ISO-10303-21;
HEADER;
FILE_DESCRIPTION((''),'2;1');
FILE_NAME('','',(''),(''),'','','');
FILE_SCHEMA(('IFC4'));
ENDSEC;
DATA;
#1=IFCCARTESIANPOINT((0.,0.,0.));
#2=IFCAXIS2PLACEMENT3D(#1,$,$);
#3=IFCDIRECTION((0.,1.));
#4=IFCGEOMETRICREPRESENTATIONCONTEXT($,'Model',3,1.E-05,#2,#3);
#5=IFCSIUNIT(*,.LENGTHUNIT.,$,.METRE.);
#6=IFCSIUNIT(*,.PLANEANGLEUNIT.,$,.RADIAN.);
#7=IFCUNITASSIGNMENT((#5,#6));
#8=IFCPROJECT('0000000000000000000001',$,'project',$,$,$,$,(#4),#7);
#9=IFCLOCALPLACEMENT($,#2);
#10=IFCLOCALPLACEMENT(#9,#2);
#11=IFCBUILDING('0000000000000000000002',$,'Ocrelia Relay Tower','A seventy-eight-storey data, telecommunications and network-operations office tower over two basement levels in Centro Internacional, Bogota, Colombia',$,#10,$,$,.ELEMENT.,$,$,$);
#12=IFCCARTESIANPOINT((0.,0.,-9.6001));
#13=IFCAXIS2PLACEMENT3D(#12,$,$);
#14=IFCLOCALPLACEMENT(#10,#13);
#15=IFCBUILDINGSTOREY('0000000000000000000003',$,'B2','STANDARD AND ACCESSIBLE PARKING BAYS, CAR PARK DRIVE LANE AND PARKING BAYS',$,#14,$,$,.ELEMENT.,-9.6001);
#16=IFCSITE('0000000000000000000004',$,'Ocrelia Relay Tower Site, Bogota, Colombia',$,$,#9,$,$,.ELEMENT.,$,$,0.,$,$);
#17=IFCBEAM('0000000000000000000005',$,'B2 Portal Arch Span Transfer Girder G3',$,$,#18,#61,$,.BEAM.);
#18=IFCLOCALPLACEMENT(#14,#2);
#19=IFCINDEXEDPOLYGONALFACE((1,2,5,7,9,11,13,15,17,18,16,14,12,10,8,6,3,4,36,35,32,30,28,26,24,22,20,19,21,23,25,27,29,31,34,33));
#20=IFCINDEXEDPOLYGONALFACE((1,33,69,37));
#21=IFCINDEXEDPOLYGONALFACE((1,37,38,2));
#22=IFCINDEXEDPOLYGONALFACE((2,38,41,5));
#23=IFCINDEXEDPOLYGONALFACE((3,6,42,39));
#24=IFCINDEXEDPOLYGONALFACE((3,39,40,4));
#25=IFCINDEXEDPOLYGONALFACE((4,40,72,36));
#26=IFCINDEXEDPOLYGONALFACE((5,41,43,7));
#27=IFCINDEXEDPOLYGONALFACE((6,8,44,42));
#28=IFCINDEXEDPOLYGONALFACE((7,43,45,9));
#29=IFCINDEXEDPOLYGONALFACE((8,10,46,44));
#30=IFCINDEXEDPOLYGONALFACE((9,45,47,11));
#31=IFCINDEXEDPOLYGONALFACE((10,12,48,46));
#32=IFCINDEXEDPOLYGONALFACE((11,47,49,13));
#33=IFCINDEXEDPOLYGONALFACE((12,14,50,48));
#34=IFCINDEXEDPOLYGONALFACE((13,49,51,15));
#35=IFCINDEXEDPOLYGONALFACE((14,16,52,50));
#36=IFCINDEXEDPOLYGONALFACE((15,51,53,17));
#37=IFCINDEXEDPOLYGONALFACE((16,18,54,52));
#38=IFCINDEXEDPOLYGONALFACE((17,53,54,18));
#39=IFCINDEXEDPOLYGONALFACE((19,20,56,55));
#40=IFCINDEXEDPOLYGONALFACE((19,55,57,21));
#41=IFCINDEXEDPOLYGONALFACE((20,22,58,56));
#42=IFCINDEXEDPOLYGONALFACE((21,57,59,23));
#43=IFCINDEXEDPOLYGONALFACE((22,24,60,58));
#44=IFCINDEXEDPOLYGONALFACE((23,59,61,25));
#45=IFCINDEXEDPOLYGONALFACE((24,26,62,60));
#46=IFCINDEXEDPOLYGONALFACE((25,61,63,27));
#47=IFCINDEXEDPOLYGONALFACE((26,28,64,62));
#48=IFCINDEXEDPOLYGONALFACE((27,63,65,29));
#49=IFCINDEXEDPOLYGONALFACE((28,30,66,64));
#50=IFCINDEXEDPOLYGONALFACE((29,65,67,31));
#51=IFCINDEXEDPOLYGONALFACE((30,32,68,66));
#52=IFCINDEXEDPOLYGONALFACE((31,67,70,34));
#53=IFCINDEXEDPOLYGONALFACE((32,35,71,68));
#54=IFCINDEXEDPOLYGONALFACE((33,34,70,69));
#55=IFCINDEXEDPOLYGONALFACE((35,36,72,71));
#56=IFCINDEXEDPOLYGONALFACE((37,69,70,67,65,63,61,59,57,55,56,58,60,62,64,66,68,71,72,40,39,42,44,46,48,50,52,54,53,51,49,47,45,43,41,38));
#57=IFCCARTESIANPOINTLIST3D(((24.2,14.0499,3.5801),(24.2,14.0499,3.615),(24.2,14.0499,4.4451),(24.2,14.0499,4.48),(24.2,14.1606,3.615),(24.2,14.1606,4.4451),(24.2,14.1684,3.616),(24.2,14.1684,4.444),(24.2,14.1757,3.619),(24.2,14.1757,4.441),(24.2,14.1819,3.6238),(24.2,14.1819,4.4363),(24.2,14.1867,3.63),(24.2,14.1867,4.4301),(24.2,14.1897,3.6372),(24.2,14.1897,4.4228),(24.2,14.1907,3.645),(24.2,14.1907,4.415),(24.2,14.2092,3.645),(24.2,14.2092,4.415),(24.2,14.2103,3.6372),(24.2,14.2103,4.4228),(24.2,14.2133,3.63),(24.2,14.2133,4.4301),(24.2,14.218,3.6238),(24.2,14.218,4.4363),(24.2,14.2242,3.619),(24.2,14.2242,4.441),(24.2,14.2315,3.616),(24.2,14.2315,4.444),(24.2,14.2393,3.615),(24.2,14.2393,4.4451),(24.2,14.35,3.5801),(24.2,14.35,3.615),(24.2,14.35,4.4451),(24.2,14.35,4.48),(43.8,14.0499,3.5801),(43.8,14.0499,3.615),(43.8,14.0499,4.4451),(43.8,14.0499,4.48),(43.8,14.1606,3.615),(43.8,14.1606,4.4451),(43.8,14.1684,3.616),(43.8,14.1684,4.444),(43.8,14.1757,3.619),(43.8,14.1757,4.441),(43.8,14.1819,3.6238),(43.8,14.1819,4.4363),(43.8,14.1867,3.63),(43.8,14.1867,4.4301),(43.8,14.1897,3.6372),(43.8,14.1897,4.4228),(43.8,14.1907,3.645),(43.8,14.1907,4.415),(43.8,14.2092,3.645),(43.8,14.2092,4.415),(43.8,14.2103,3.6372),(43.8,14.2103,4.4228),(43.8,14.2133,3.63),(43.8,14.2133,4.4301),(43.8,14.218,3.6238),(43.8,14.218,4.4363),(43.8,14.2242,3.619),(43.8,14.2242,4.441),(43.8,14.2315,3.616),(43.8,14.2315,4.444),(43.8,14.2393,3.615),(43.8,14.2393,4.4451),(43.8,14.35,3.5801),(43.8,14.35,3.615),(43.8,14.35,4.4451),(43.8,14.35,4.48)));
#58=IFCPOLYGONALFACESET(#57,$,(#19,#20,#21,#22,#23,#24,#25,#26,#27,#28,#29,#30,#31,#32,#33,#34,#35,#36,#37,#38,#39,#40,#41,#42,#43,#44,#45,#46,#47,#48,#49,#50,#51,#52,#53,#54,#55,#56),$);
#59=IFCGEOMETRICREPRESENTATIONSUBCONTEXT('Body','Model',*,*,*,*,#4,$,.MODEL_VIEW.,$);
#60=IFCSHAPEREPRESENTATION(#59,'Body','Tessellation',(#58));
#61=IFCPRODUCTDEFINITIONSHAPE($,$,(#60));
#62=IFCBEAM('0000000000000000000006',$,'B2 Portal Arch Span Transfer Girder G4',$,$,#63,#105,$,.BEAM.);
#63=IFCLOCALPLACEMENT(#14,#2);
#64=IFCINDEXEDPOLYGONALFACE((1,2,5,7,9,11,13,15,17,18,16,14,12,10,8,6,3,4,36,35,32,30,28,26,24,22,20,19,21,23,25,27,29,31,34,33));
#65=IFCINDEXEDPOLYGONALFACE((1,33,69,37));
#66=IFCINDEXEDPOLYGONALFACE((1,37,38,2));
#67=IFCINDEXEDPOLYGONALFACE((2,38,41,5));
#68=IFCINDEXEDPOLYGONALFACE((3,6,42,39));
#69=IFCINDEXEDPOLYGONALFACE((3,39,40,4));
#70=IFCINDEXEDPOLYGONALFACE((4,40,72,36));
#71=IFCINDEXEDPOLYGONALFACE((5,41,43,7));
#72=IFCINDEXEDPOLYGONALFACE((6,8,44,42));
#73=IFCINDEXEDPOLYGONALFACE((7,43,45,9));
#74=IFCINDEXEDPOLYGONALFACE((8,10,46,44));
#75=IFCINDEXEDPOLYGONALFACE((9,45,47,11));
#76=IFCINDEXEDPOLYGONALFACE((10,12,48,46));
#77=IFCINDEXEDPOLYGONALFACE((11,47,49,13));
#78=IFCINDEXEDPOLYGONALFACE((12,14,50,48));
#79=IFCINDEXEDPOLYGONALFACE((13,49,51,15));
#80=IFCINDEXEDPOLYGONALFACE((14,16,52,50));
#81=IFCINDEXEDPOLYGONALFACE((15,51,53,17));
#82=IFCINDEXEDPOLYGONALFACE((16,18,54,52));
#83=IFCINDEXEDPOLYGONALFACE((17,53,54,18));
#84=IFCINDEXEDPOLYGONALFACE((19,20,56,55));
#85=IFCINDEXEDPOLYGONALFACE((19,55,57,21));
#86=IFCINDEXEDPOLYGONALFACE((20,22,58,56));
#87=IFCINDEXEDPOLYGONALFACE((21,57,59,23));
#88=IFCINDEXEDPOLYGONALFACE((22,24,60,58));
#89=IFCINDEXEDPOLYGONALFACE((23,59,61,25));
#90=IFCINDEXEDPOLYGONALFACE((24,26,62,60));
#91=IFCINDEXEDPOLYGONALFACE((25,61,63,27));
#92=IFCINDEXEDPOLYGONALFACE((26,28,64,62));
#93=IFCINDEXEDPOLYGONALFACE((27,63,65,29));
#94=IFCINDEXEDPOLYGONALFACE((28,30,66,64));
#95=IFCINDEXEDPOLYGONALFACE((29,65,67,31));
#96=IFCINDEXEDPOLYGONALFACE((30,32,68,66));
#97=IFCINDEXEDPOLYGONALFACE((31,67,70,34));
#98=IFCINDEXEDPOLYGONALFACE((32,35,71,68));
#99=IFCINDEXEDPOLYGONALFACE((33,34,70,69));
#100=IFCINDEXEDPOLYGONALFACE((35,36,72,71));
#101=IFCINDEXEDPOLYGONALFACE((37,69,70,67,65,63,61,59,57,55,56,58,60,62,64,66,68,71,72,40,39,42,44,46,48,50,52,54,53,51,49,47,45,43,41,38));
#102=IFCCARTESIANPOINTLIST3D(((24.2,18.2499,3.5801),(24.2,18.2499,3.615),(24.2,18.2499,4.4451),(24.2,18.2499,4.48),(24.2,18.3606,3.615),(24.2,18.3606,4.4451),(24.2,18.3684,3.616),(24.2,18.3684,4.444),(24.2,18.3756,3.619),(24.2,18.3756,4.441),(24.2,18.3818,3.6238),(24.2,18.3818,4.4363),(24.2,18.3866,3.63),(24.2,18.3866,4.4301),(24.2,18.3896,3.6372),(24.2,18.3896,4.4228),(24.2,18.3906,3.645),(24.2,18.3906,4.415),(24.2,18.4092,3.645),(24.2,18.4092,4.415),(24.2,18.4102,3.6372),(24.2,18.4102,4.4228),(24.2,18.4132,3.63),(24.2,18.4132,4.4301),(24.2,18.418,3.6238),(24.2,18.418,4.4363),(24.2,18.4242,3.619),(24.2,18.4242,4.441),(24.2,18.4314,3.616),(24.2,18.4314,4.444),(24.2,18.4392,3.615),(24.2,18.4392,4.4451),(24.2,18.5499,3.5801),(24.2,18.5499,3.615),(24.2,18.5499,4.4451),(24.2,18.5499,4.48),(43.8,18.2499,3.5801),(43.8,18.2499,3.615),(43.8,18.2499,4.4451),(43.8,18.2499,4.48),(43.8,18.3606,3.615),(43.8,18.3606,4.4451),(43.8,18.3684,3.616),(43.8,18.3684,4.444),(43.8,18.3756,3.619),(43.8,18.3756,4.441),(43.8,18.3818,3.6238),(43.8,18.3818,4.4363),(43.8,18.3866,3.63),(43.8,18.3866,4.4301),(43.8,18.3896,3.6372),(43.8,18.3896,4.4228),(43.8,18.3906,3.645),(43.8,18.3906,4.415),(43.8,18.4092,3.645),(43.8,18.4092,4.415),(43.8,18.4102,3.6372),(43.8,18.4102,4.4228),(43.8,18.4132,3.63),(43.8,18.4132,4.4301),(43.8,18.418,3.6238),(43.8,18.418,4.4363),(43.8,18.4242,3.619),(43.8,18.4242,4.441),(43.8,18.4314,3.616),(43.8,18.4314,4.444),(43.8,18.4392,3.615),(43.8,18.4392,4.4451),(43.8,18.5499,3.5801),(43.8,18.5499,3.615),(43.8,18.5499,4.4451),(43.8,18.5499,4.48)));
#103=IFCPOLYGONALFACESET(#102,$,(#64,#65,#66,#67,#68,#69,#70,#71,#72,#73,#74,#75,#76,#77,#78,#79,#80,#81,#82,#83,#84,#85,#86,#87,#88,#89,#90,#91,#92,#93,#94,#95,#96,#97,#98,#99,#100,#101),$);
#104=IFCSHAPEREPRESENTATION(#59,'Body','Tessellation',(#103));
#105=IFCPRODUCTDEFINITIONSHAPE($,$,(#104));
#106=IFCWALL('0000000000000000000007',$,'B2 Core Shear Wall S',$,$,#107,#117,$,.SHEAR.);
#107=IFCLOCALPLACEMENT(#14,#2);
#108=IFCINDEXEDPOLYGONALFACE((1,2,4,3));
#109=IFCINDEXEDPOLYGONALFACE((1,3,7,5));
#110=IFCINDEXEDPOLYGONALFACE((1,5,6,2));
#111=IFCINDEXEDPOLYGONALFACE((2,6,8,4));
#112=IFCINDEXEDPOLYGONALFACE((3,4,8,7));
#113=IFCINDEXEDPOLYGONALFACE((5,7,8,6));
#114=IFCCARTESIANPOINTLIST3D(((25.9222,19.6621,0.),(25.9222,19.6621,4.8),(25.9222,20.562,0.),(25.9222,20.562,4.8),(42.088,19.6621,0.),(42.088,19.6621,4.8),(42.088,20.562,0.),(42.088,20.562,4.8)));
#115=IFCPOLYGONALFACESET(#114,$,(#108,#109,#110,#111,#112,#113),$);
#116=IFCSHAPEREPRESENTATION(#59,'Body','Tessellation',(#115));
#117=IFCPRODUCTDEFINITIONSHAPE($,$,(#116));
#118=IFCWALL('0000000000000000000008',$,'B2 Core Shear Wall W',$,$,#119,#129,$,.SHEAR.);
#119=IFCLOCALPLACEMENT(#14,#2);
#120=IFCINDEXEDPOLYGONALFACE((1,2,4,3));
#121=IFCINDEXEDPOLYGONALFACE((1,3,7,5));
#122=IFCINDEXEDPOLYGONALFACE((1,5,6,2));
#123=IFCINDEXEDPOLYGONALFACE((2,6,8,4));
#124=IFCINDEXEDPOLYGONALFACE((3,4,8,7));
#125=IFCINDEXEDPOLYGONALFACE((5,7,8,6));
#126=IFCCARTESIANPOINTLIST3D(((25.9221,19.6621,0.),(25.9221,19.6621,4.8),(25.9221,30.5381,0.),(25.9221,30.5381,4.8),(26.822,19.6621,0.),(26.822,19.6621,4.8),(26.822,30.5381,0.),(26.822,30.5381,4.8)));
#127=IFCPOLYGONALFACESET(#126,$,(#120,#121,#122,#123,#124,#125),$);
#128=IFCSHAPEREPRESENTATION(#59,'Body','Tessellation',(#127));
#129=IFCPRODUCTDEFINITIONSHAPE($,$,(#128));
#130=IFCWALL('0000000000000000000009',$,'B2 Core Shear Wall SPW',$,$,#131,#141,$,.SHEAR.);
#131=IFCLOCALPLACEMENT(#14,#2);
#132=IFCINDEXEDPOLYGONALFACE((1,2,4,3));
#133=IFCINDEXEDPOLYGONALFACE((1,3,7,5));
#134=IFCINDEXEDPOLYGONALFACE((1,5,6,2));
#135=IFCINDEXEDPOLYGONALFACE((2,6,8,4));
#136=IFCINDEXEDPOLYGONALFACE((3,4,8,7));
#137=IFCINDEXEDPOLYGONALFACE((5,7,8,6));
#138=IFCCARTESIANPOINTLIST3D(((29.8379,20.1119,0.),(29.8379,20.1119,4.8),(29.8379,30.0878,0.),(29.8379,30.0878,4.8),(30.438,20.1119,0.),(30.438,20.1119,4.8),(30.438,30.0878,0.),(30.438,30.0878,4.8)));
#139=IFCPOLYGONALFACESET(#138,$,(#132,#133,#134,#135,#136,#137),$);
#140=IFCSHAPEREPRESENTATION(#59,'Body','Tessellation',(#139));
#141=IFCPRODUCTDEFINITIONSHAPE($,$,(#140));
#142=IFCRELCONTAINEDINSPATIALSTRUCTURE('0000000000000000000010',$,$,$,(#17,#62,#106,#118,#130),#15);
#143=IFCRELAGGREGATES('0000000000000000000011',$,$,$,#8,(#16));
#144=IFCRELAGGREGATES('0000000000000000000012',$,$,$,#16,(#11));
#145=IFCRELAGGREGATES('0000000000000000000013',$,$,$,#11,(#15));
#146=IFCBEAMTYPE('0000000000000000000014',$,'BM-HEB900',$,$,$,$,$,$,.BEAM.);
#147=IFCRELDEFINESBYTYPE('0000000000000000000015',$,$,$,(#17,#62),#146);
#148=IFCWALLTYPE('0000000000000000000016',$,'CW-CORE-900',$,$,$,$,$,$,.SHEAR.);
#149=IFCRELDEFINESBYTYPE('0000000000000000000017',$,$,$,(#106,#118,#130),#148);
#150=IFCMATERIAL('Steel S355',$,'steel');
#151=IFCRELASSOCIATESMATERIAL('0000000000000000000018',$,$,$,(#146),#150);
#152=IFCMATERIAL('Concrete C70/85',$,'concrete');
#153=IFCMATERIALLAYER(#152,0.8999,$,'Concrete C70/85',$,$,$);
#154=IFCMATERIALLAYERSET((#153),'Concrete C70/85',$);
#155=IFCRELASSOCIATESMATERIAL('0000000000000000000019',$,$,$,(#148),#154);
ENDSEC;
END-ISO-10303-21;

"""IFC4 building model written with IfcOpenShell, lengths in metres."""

from ifc_helpers import new_model, si_unit, direction, frame, frame_2d, origin, origin_2d, place, context, subcontext, project, spatial, rectangle, i_section, extrude, material, layer, layer_set, material_profile, profile_set, type_object, element, save


model = new_model("IFC4")

# Units and contexts
model_context = context("Model", 3, precision=1e-05, world=origin(), true_north=direction((0.0, 1.0)))
body_context = subcontext(model_context, "Body", "Model", "MODEL_VIEW")
ifc_project = project(units=[si_unit("LENGTHUNIT", "METRE"), si_unit("PLANEANGLEUNIT", "RADIAN")], contexts=[model_context])

# Site, building, storey
site_placement = place(None, origin())
site = spatial("IfcSite", under=ifc_project, at=site_placement, Name="Ocrelia Relay Tower Site, Bogota, Colombia", CompositionType="ELEMENT", RefElevation=0.0)
building_placement = place(site_placement, origin())
building = spatial("IfcBuilding", under=site, at=building_placement, Name="Ocrelia Relay Tower", Description="A seventy-eight-storey data, telecommunications and network-operations office tower over two basement levels in Centro Internacional, Bogota, Colombia", CompositionType="ELEMENT")
storey_placement = place(building_placement, frame((0.0, 0.0, -9.6001)))
storey = spatial("IfcBuildingStorey", under=building, at=storey_placement, Name="B2", Description="STANDARD AND ACCESSIBLE PARKING BAYS, CAR PARK DRIVE LANE AND PARKING BAYS", CompositionType="ELEMENT", Elevation=-9.6001)

# Shared definitions
ifc_material_1 = material(Name="Concrete C70/85", Category="concrete")

# Beams
ifc_material_2 = material(Name="Steel S355", Category="steel")
ifc_material_profile_1 = material_profile(ifc_material_2, i_section(OverallWidth=0.3, OverallDepth=0.8999, WebThickness=0.0186, FlangeThickness=0.0349, FilletRadius=0.03, at=origin_2d()), Name="HEB 900")
ifc_profile_set_1 = profile_set([ifc_material_profile_1], Name="Steel S355")
beam_type_1 = type_object("IfcBeamType", Name="BM-HEB900", PredefinedType="BEAM", material=ifc_profile_set_1)
for number, where, z_axis, x_axis, name in (
    (1, (24.2, 14.2, 4.03), (1.0, 0.0, 0.0), (0.0, 1.0, 0.0), "B2 Portal Arch Span Transfer Girder G3"),
    (2, (24.2, 18.3999, 4.03), (1.0, 0.0, 0.0), (0.0, 1.0, 0.0), "B2 Portal Arch Span Transfer Girder G4"),
):
    element("IfcBeam", number, at=place(storey_placement, frame(where, z_axis=z_axis, x_axis=x_axis)), inside=storey, type_object=beam_type_1, Name=name, PredefinedType="BEAM", context=body_context, shape_type="SweptSolid", body=[
        extrude(i_section(OverallWidth=0.3, OverallDepth=0.8999, WebThickness=0.0186, FlangeThickness=0.0349, FilletRadius=0.03, at=origin_2d()), origin(), (0.0, 0.0, 1.0), 19.6001),
    ])

# Walls
ifc_layer = layer(ifc_material_1, 0.8999, Name="Concrete C70/85")
ifc_layer_set = layer_set([ifc_layer], Name="Concrete C70/85")
wall_type = type_object("IfcWallType", Name="CW-CORE-900", PredefinedType="SHEAR", material=ifc_layer_set)
wall_1_placement = place(storey_placement, frame((25.9221, 20.1121, 0.0), z_axis=(0.0, 0.0, 1.0), x_axis=(1.0, 0.0, 0.0)))
element("IfcWall", 3, at=wall_1_placement, inside=storey, type_object=wall_type, Name="B2 Core Shear Wall S", PredefinedType="SHEAR", context=body_context, shape_type="SweptSolid", body=[
    extrude(rectangle(XDim=16.1658, YDim=0.8999, at=frame_2d((8.083, 0.0))), origin(), (0.0, 0.0, 1.0), 4.8),
])
wall_2_placement = place(storey_placement, frame((26.3721, 19.6621, 0.0), z_axis=(0.0, 0.0, 1.0), x_axis=(0.0, 1.0, 0.0)))
element("IfcWall", 4, at=wall_2_placement, inside=storey, type_object=wall_type, Name="B2 Core Shear Wall W", PredefinedType="SHEAR", context=body_context, shape_type="SweptSolid", body=[
    extrude(rectangle(XDim=10.876, YDim=0.8999, at=frame_2d((5.438, 0.0))), origin(), (0.0, 0.0, 1.0), 4.8),
])
wall_3_placement = place(storey_placement, frame((30.1379, 20.1121, 0.0), z_axis=(0.0, 0.0, 1.0), x_axis=(0.0, 1.0, 0.0)))
element("IfcWall", 5, at=wall_3_placement, inside=storey, type_object=wall_type, Name="B2 Core Shear Wall SPW", PredefinedType="SHEAR", context=body_context, shape_type="SweptSolid", body=[
    extrude(rectangle(XDim=9.9758, YDim=0.6001, at=frame_2d((4.9878, 0.0))), origin(), (0.0, 0.0, 1.0), 4.8),
])

save(model, "model.ifc")
